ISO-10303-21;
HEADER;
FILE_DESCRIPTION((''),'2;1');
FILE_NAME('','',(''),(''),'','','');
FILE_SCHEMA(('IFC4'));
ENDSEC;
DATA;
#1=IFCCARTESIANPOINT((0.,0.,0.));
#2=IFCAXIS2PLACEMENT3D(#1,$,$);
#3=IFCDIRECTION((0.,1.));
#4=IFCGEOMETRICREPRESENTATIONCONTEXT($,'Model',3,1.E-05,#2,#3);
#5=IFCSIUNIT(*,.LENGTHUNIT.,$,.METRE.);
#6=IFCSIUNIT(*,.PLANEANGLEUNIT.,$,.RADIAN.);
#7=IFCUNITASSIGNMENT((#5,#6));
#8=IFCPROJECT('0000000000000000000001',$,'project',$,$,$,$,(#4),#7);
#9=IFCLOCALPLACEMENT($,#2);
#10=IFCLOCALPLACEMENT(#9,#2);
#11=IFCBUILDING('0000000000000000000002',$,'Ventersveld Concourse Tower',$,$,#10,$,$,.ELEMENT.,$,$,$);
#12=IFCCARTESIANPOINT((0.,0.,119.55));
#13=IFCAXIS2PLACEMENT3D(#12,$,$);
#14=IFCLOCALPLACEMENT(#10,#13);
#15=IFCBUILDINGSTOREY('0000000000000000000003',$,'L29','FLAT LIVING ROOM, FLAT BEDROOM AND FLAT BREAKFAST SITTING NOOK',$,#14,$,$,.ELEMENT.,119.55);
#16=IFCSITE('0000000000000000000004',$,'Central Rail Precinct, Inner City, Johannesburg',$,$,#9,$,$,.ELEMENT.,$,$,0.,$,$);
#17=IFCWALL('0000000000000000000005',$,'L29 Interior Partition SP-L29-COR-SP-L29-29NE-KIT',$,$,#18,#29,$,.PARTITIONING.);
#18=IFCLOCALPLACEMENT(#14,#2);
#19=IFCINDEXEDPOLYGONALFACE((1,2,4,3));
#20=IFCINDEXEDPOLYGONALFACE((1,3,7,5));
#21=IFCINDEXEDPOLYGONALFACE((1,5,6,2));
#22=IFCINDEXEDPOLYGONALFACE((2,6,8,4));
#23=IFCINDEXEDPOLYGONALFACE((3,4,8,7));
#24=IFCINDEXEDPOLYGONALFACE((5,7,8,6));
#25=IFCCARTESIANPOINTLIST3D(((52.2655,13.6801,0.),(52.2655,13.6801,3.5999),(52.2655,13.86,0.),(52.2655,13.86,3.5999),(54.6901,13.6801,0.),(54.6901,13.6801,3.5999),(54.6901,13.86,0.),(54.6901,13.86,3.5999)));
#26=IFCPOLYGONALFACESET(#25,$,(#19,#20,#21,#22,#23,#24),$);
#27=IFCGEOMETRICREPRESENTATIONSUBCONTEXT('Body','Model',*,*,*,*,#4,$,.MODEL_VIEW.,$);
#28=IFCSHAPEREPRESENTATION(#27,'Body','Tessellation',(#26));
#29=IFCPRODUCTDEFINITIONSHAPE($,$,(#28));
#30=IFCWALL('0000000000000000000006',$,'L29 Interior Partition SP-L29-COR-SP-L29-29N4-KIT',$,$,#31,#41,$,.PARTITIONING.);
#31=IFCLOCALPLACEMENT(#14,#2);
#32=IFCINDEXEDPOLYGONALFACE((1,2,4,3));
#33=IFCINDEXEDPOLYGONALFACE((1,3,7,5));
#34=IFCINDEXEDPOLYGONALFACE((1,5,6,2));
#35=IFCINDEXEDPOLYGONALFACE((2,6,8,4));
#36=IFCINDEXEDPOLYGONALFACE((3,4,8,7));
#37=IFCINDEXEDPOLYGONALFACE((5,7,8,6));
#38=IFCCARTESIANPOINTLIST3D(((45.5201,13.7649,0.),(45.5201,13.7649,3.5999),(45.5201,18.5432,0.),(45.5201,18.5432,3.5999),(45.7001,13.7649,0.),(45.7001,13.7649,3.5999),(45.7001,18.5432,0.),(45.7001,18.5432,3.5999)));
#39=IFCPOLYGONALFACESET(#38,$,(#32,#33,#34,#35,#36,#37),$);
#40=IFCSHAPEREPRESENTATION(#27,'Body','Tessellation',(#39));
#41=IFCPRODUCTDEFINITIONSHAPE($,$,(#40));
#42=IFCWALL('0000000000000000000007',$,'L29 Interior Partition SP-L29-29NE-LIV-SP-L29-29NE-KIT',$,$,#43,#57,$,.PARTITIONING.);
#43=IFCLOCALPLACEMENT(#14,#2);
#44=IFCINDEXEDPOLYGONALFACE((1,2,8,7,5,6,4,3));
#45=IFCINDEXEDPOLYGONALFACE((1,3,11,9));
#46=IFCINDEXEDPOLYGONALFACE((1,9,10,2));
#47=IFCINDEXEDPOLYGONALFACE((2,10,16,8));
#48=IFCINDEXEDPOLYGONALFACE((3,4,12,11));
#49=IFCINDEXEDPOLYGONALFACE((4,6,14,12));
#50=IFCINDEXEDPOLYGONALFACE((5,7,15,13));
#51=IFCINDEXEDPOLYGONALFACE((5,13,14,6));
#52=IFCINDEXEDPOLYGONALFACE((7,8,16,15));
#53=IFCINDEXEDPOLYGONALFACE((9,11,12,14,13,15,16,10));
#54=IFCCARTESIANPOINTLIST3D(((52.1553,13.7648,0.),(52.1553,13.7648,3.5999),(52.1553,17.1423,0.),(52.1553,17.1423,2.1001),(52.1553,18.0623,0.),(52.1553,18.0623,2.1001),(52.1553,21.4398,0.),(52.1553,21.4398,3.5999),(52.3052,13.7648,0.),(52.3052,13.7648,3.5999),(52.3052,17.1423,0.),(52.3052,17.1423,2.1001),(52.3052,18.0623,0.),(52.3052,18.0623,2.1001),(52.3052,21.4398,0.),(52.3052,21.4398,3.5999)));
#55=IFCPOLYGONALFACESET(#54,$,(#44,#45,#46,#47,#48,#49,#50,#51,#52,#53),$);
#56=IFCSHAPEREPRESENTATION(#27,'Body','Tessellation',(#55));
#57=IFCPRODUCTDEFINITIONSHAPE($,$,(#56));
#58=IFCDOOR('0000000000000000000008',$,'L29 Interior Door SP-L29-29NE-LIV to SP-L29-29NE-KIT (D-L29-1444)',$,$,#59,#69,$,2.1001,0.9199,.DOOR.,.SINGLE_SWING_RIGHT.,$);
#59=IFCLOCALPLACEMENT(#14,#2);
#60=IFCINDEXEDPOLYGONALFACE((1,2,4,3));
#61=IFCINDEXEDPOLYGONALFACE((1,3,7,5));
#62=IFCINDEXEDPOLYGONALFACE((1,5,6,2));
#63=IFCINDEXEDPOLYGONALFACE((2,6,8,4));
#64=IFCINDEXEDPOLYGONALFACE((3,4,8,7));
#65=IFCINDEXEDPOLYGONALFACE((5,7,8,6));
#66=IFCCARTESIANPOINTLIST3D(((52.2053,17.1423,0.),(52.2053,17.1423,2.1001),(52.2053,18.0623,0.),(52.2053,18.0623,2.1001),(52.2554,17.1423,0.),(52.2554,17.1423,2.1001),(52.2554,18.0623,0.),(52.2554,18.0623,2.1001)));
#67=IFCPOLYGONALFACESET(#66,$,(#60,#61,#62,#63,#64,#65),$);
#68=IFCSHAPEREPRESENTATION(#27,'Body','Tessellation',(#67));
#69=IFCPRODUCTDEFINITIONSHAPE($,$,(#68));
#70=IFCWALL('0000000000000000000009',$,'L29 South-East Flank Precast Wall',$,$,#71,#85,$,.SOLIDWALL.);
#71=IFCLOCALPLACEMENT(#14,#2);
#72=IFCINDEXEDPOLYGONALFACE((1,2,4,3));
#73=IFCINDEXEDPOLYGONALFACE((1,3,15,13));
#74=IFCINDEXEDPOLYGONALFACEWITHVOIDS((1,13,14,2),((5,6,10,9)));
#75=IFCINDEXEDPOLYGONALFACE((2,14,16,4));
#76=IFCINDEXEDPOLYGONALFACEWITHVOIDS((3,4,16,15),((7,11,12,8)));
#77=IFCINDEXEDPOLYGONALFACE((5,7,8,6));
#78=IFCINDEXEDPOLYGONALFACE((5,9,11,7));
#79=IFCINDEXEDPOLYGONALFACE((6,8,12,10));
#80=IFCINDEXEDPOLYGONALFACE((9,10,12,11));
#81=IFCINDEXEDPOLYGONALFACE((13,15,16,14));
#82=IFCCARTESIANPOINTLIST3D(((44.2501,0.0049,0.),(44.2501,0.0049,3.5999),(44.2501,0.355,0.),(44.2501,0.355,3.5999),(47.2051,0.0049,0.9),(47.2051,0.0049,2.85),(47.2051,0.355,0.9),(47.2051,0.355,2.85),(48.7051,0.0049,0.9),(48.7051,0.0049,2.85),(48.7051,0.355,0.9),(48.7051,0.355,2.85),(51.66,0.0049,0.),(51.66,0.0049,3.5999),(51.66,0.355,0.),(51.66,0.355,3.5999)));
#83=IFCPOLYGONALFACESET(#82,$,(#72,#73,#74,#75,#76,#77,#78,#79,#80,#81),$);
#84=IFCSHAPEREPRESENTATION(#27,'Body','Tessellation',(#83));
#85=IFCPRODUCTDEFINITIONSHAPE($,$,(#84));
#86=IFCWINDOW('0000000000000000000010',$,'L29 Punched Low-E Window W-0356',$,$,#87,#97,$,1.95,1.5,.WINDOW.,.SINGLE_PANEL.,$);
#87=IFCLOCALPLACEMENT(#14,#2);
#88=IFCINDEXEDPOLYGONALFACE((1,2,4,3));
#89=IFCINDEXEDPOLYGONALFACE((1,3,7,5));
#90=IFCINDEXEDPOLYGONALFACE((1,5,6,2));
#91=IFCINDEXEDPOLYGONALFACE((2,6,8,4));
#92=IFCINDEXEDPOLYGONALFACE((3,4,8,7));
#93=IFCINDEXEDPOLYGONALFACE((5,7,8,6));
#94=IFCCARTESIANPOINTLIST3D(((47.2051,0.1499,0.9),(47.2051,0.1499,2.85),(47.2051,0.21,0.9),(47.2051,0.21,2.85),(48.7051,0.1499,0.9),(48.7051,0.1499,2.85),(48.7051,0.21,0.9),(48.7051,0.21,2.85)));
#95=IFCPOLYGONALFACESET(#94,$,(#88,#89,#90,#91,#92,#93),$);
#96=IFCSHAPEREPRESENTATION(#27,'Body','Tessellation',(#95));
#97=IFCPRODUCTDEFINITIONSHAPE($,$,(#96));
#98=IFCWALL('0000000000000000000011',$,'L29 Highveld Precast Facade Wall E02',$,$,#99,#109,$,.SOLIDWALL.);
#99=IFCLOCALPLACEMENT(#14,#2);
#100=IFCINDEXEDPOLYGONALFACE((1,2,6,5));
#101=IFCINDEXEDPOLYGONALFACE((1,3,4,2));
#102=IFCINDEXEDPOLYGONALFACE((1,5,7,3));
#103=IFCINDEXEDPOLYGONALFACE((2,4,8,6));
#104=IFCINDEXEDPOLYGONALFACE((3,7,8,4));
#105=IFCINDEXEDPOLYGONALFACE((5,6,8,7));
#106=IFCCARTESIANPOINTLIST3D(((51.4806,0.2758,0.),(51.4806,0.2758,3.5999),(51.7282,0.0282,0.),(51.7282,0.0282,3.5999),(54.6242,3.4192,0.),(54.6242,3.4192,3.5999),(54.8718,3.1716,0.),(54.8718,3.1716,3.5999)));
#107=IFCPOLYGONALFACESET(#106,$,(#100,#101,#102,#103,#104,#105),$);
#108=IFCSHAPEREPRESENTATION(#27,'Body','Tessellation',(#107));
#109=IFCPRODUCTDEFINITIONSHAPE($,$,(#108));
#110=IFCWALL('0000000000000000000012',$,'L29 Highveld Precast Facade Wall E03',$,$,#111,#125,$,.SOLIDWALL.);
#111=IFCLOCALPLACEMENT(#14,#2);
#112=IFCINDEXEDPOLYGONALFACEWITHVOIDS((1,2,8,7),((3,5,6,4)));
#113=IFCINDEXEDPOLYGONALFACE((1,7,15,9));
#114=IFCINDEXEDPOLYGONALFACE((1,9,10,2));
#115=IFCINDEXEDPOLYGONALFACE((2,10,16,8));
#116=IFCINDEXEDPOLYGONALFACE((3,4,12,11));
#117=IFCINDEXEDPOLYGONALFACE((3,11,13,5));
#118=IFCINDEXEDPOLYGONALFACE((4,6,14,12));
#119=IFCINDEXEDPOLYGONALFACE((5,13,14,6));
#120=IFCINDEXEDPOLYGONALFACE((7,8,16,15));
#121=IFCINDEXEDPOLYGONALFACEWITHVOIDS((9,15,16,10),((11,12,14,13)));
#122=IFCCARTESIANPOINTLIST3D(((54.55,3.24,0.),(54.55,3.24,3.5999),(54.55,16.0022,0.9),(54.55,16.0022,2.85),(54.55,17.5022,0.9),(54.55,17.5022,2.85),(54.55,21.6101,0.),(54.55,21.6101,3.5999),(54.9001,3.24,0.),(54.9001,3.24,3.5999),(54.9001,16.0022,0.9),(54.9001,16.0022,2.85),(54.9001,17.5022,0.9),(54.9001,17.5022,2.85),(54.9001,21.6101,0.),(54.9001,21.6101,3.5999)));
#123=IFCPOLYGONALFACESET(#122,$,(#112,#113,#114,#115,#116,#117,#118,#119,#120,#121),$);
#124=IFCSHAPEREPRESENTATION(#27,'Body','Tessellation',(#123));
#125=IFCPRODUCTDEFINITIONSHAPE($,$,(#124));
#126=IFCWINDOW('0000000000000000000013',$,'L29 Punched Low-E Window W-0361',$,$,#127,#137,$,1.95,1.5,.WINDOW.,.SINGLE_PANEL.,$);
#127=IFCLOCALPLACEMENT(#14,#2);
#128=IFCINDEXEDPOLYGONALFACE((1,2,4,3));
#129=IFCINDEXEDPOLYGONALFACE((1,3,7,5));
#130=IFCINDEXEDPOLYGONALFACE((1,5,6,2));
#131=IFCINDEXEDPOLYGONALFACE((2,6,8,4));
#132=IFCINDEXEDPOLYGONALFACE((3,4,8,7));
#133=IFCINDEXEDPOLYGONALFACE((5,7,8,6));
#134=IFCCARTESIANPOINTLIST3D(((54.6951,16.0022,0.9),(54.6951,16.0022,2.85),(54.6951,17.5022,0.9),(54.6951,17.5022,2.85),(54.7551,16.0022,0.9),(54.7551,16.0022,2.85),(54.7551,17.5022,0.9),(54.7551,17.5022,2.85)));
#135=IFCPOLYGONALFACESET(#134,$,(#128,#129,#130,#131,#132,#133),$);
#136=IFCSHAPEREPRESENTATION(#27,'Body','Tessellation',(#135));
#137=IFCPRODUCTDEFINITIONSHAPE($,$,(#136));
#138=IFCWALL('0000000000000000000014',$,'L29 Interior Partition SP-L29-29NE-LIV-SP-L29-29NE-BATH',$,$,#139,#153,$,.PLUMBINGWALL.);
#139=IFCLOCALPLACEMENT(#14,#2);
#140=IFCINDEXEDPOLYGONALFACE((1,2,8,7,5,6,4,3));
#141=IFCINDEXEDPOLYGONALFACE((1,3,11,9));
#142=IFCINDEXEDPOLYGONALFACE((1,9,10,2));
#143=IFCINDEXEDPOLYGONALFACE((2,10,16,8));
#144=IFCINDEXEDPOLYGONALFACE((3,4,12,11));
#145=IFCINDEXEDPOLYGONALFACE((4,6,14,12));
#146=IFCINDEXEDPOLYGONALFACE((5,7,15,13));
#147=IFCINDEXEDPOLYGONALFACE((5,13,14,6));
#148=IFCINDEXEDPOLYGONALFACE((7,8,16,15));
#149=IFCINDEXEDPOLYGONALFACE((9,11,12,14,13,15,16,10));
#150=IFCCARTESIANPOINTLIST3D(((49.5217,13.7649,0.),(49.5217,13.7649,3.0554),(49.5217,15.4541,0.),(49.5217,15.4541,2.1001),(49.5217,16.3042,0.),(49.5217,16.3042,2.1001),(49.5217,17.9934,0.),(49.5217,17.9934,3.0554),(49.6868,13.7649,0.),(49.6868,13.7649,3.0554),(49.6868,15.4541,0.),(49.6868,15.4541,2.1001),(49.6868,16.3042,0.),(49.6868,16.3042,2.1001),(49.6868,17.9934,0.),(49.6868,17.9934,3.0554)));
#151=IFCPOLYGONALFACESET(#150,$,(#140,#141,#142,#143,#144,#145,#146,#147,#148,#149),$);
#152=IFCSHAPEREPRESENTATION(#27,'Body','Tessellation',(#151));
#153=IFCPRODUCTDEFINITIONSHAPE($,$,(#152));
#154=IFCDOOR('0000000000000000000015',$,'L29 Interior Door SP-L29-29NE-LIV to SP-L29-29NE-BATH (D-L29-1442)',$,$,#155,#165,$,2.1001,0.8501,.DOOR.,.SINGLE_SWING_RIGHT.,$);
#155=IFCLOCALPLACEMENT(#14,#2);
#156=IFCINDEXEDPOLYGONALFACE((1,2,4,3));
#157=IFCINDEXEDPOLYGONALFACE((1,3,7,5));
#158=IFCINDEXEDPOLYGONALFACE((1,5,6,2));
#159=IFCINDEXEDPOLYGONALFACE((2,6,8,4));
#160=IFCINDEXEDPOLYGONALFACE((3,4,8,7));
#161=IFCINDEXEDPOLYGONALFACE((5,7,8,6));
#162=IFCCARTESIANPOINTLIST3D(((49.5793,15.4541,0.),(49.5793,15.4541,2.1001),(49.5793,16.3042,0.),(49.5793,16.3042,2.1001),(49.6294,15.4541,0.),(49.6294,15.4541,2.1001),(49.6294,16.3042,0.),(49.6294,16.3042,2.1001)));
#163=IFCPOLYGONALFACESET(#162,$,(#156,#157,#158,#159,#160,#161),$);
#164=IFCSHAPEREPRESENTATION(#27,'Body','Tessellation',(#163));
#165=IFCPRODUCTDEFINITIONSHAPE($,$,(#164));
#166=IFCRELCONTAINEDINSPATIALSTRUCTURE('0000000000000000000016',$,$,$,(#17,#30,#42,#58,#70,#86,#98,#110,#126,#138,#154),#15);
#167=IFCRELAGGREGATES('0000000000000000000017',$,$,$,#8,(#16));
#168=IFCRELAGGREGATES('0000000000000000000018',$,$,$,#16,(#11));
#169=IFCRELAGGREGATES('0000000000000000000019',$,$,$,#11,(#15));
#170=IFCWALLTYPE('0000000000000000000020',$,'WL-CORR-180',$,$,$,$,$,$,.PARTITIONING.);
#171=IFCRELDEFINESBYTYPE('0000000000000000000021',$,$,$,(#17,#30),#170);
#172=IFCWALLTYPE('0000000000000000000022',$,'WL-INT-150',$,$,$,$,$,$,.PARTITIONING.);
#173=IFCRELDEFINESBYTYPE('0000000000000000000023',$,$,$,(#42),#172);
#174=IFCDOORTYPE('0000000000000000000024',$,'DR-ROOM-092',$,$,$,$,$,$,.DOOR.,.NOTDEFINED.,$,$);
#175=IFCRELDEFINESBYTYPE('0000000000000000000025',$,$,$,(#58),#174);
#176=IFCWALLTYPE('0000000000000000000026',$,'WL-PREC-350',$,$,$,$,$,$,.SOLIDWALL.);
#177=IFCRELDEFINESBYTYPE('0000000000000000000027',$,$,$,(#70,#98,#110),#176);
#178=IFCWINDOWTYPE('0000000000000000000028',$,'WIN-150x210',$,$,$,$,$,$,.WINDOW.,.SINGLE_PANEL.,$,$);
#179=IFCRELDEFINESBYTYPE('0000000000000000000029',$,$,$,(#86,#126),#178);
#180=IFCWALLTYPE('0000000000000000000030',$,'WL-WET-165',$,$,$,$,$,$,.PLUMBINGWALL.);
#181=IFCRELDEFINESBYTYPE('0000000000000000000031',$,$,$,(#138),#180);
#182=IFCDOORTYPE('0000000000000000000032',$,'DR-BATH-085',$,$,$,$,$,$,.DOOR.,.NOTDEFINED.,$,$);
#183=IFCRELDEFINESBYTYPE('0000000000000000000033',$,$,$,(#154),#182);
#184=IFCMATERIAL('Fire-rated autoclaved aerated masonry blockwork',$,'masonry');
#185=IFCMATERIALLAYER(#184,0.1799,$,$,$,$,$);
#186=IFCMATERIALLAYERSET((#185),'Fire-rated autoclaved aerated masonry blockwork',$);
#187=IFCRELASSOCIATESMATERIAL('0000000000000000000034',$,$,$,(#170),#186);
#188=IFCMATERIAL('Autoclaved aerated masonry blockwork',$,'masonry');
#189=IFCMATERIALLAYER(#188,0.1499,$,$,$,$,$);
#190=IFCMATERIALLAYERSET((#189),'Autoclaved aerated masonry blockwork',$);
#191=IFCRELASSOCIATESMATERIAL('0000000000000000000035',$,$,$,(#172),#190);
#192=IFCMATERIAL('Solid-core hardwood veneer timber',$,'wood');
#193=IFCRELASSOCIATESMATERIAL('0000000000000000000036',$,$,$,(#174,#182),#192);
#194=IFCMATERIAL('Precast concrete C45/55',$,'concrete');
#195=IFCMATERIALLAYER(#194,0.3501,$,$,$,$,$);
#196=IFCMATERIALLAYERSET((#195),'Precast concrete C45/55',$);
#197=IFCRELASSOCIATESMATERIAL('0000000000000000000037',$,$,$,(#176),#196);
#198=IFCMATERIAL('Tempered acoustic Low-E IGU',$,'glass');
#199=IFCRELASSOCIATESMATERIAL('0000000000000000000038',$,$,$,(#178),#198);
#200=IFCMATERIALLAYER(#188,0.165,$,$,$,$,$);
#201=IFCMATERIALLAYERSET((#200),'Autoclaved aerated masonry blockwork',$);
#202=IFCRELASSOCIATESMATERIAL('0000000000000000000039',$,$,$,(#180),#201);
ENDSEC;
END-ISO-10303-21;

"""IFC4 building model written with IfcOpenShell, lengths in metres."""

from ifc_helpers import new_model, si_unit, direction, frame, frame_2d, origin, place, context, subcontext, project, spatial, rectangle, extrude, material, layer, layer_set, type_object, element, fill, save


model = new_model("IFC4")

# Units and contexts
model_context = context("Model", 3, precision=1e-05, world=origin(), true_north=direction((0.0, 1.0)))
body_context = subcontext(model_context, "Body", "Model", "MODEL_VIEW")
ifc_project = project(units=[si_unit("LENGTHUNIT", "METRE"), si_unit("PLANEANGLEUNIT", "RADIAN")], contexts=[model_context])

# Site, building, storey
site_placement = place(None, origin())
site = spatial("IfcSite", under=ifc_project, at=site_placement, Name="Central Rail Precinct, Inner City, Johannesburg", CompositionType="ELEMENT", RefElevation=0.0)
building_placement = place(site_placement, origin())
building = spatial("IfcBuilding", under=site, at=building_placement, Name="Ventersveld Concourse Tower", CompositionType="ELEMENT")
storey_placement = place(building_placement, frame((0.0, 0.0, 119.55)))
storey = spatial("IfcBuildingStorey", under=building, at=storey_placement, Name="L29", Description="FLAT LIVING ROOM, FLAT BEDROOM AND FLAT BREAKFAST SITTING NOOK", CompositionType="ELEMENT", Elevation=119.55)

# Shared definitions
ifc_material_1 = material(Name="Fire-rated autoclaved aerated masonry blockwork", Category="masonry")
ifc_layer_1 = layer(ifc_material_1, 0.1799)
ifc_layer_set_1 = layer_set([ifc_layer_1], Name="Fire-rated autoclaved aerated masonry blockwork")
wall_type_1 = type_object("IfcWallType", Name="WL-CORR-180", PredefinedType="PARTITIONING", material=ifc_layer_set_1)
ifc_material_2 = material(Name="Solid-core hardwood veneer timber", Category="wood")

# Walls
wall_1_placement = place(storey_placement, frame((52.2654, 13.77, 0.0), z_axis=(0.0, 0.0, 1.0), x_axis=(1.0, 0.0, 0.0)))
element("IfcWall", 1, at=wall_1_placement, inside=storey, type_object=wall_type_1, Name="L29 Interior Partition SP-L29-COR-SP-L29-29NE-KIT", PredefinedType="PARTITIONING", context=body_context, shape_type="SweptSolid", body=[
    extrude(rectangle(XDim=2.4246, YDim=0.1799, at=frame_2d((1.2124, 0.0))), origin(), (0.0, 0.0, 1.0), 3.5999),
])
wall_2_placement = place(storey_placement, frame((45.6101, 13.7649, 0.0), z_axis=(0.0, 0.0, 1.0), x_axis=(0.0, 1.0, 0.0)))
element("IfcWall", 2, at=wall_2_placement, inside=storey, type_object=wall_type_1, Name="L29 Interior Partition SP-L29-COR-SP-L29-29N4-KIT", PredefinedType="PARTITIONING", context=body_context, shape_type="SweptSolid", body=[
    extrude(rectangle(XDim=4.7783, YDim=0.1799, at=frame_2d((2.3892, 0.0))), origin(), (0.0, 0.0, 1.0), 3.5999),
])

# Wall, opening, door
ifc_material_3 = material(Name="Autoclaved aerated masonry blockwork", Category="masonry")
ifc_layer_2 = layer(ifc_material_3, 0.1499)
ifc_layer_set_2 = layer_set([ifc_layer_2], Name="Autoclaved aerated masonry blockwork")
wall_type_2 = type_object("IfcWallType", Name="WL-INT-150", PredefinedType="PARTITIONING", material=ifc_layer_set_2)
wall_3_placement = place(storey_placement, frame((52.2302, 13.7649, 0.0), z_axis=(0.0, 0.0, 1.0), x_axis=(0.0, 1.0, 0.0)))
wall_3 = element("IfcWall", 3, at=wall_3_placement, inside=storey, type_object=wall_type_2, Name="L29 Interior Partition SP-L29-29NE-LIV-SP-L29-29NE-KIT", PredefinedType="PARTITIONING", context=body_context, shape_type="SweptSolid", body=[
    extrude(rectangle(XDim=7.675, YDim=0.1499, at=frame_2d((3.8374, 0.0))), origin(), (0.0, 0.0, 1.0), 3.5999),
])
opening_1_placement = place(wall_3_placement, frame((3.3774, 0.0, 0.0)))
opening_1 = element("IfcOpeningElement", 4, at=opening_1_placement, cuts=wall_3, PredefinedType="OPENING", context=body_context, shape_type="SweptSolid", body=[
    extrude(rectangle(XDim=0.9199, YDim=2.1001, at=frame_2d((0.46, 1.05))), frame((0.0, 0.085, 0.0), z_axis=(0.0, -1.0, 0.0), x_axis=(1.0, 0.0, 0.0)), (0.0, 0.0, 1.0), 0.1699),
])
door_type_1 = type_object("IfcDoorType", Name="DR-ROOM-092", OperationType="NOTDEFINED", PredefinedType="DOOR", material=ifc_material_2)
door_1_placement = place(opening_1_placement, origin())
door_1 = element("IfcDoor", 5, at=door_1_placement, inside=storey, type_object=door_type_1, Name="L29 Interior Door SP-L29-29NE-LIV to SP-L29-29NE-KIT (D-L29-1444)", OperationType="SINGLE_SWING_RIGHT", OverallHeight=2.1001, OverallWidth=0.9199, PredefinedType="DOOR", context=body_context, shape_type="SweptSolid", body=[
    extrude(rectangle(XDim=0.9199, YDim=2.1001, at=frame_2d((0.46, 1.05))), frame((0.0, 0.0249, 0.0), z_axis=(0.0, -1.0, 0.0), x_axis=(1.0, 0.0, 0.0)), (0.0, 0.0, 1.0), 0.05),
])
fill(opening_1, door_1)

# Wall, opening, window
ifc_material_4 = material(Name="Precast concrete C45/55", Category="concrete")
ifc_layer_3 = layer(ifc_material_4, 0.3501)
ifc_layer_set_3 = layer_set([ifc_layer_3], Name="Precast concrete C45/55")
wall_type_3 = type_object("IfcWallType", Name="WL-PREC-350", PredefinedType="SOLIDWALL", material=ifc_layer_set_3)
wall_4_placement = place(storey_placement, frame((44.25, 0.1799, 0.0), z_axis=(0.0, 0.0, 1.0), x_axis=(1.0, 0.0, 0.0)))
wall_4 = element("IfcWall", 6, at=wall_4_placement, inside=storey, type_object=wall_type_3, Name="L29 South-East Flank Precast Wall", PredefinedType="SOLIDWALL", context=body_context, shape_type="SweptSolid", body=[
    extrude(rectangle(XDim=7.4099, YDim=0.3501, at=frame_2d((3.7051, 0.0))), origin(), (0.0, 0.0, 1.0), 3.5999),
])
opening_2_placement = place(wall_4_placement, frame((2.9551, 0.0, 0.8999)))
opening_2 = element("IfcOpeningElement", 7, at=opening_2_placement, cuts=wall_4, PredefinedType="OPENING", context=body_context, shape_type="SweptSolid", body=[
    extrude(rectangle(XDim=1.5, YDim=1.95, at=frame_2d((0.75, 0.9751))), frame((0.0, 0.1851, 0.0), z_axis=(0.0, -1.0, 0.0), x_axis=(1.0, 0.0, 0.0)), (0.0, 0.0, 1.0), 0.3701),
])
ifc_material_5 = material(Name="Tempered acoustic Low-E IGU", Category="glass")
window_type = type_object("IfcWindowType", Name="WIN-150x210", PartitioningType="SINGLE_PANEL", PredefinedType="WINDOW", material=ifc_material_5)
window_1_placement = place(opening_2_placement, origin())
window_1 = element("IfcWindow", 8, at=window_1_placement, inside=storey, type_object=window_type, Name="L29 Punched Low-E Window W-0356", OverallHeight=1.95, OverallWidth=1.5, PartitioningType="SINGLE_PANEL", PredefinedType="WINDOW", context=body_context, shape_type="SweptSolid", body=[
    extrude(rectangle(XDim=1.5, YDim=1.95, at=frame_2d((0.75, 0.9751))), frame((0.0, 0.03, 0.0), z_axis=(0.0, -1.0, 0.0), x_axis=(1.0, 0.0, 0.0)), (0.0, 0.0, 1.0), 0.0601),
])
fill(opening_2, window_1)

# Wall
wall_5_placement = place(storey_placement, frame((51.6045, 0.1521, 0.0), z_axis=(0.0, 0.0, 1.0), x_axis=(0.707134, 0.707079, 0.0)))
element("IfcWall", 9, at=wall_5_placement, inside=storey, type_object=wall_type_3, Name="L29 Highveld Precast Facade Wall E02", PredefinedType="SOLIDWALL", context=body_context, shape_type="SweptSolid", body=[
    extrude(rectangle(XDim=4.4456, YDim=0.3501, at=frame_2d((2.2227, 0.0))), origin(), (0.0, 0.0, 1.0), 3.5999),
])

# Wall, opening, window
wall_6_placement = place(storey_placement, frame((54.7251, 3.24, 0.0), z_axis=(0.0, 0.0, 1.0), x_axis=(0.0, 1.0, 0.0)))
wall_6 = element("IfcWall", 10, at=wall_6_placement, inside=storey, type_object=wall_type_3, Name="L29 Highveld Precast Facade Wall E03", PredefinedType="SOLIDWALL", context=body_context, shape_type="SweptSolid", body=[
    extrude(rectangle(XDim=18.3701, YDim=0.3501, at=frame_2d((9.1851, 0.0))), origin(), (0.0, 0.0, 1.0), 3.5999),
])
opening_3_placement = place(wall_6_placement, frame((12.7622, 0.0, 0.8999)))
opening_3 = element("IfcOpeningElement", 11, at=opening_3_placement, cuts=wall_6, PredefinedType="OPENING", context=body_context, shape_type="SweptSolid", body=[
    extrude(rectangle(XDim=1.5, YDim=1.95, at=frame_2d((0.75, 0.9751))), frame((0.0, 0.1851, 0.0), z_axis=(0.0, -1.0, 0.0), x_axis=(1.0, 0.0, 0.0)), (0.0, 0.0, 1.0), 0.3701),
])
window_2_placement = place(opening_3_placement, origin())
window_2 = element("IfcWindow", 12, at=window_2_placement, inside=storey, type_object=window_type, Name="L29 Punched Low-E Window W-0361", OverallHeight=1.95, OverallWidth=1.5, PartitioningType="SINGLE_PANEL", PredefinedType="WINDOW", context=body_context, shape_type="SweptSolid", body=[
    extrude(rectangle(XDim=1.5, YDim=1.95, at=frame_2d((0.75, 0.9751))), frame((0.0, 0.03, 0.0), z_axis=(0.0, -1.0, 0.0), x_axis=(1.0, 0.0, 0.0)), (0.0, 0.0, 1.0), 0.0601),
])
fill(opening_3, window_2)

# Wall, opening, door
ifc_layer_4 = layer(ifc_material_3, 0.165)
ifc_layer_set_4 = layer_set([ifc_layer_4], Name="Autoclaved aerated masonry blockwork")
wall_type_4 = type_object("IfcWallType", Name="WL-WET-165", PredefinedType="PLUMBINGWALL", material=ifc_layer_set_4)
wall_7_placement = place(storey_placement, frame((49.6042, 13.7649, 0.0), z_axis=(0.0, 0.0, 1.0), x_axis=(0.0, 1.0, 0.0)))
wall_7 = element("IfcWall", 13, at=wall_7_placement, inside=storey, type_object=wall_type_4, Name="L29 Interior Partition SP-L29-29NE-LIV-SP-L29-29NE-BATH", PredefinedType="PLUMBINGWALL", context=body_context, shape_type="SweptSolid", body=[
    extrude(rectangle(XDim=4.2285, YDim=0.165, at=frame_2d((2.1143, 0.0))), origin(), (0.0, 0.0, 1.0), 3.0554),
])
opening_4_placement = place(wall_7_placement, frame((1.6892, 0.0, 0.0)))
opening_4 = element("IfcOpeningElement", 14, at=opening_4_placement, cuts=wall_7, PredefinedType="OPENING", context=body_context, shape_type="SweptSolid", body=[
    extrude(rectangle(XDim=0.8501, YDim=2.1001, at=frame_2d((0.425, 1.05))), frame((0.0, 0.0925, 0.0), z_axis=(0.0, -1.0, 0.0), x_axis=(1.0, 0.0, 0.0)), (0.0, 0.0, 1.0), 0.1851),
])
door_type_2 = type_object("IfcDoorType", Name="DR-BATH-085", OperationType="NOTDEFINED", PredefinedType="DOOR", material=ifc_material_2)
door_2_placement = place(opening_4_placement, origin())
door_2 = element("IfcDoor", 15, at=door_2_placement, inside=storey, type_object=door_type_2, Name="L29 Interior Door SP-L29-29NE-LIV to SP-L29-29NE-BATH (D-L29-1442)", OperationType="SINGLE_SWING_RIGHT", OverallHeight=2.1001, OverallWidth=0.8501, PredefinedType="DOOR", context=body_context, shape_type="SweptSolid", body=[
    extrude(rectangle(XDim=0.8501, YDim=2.1001, at=frame_2d((0.425, 1.05))), frame((0.0, 0.0249, 0.0), z_axis=(0.0, -1.0, 0.0), x_axis=(1.0, 0.0, 0.0)), (0.0, 0.0, 1.0), 0.05),
])
fill(opening_4, door_2)

save(model, "model.ifc")
